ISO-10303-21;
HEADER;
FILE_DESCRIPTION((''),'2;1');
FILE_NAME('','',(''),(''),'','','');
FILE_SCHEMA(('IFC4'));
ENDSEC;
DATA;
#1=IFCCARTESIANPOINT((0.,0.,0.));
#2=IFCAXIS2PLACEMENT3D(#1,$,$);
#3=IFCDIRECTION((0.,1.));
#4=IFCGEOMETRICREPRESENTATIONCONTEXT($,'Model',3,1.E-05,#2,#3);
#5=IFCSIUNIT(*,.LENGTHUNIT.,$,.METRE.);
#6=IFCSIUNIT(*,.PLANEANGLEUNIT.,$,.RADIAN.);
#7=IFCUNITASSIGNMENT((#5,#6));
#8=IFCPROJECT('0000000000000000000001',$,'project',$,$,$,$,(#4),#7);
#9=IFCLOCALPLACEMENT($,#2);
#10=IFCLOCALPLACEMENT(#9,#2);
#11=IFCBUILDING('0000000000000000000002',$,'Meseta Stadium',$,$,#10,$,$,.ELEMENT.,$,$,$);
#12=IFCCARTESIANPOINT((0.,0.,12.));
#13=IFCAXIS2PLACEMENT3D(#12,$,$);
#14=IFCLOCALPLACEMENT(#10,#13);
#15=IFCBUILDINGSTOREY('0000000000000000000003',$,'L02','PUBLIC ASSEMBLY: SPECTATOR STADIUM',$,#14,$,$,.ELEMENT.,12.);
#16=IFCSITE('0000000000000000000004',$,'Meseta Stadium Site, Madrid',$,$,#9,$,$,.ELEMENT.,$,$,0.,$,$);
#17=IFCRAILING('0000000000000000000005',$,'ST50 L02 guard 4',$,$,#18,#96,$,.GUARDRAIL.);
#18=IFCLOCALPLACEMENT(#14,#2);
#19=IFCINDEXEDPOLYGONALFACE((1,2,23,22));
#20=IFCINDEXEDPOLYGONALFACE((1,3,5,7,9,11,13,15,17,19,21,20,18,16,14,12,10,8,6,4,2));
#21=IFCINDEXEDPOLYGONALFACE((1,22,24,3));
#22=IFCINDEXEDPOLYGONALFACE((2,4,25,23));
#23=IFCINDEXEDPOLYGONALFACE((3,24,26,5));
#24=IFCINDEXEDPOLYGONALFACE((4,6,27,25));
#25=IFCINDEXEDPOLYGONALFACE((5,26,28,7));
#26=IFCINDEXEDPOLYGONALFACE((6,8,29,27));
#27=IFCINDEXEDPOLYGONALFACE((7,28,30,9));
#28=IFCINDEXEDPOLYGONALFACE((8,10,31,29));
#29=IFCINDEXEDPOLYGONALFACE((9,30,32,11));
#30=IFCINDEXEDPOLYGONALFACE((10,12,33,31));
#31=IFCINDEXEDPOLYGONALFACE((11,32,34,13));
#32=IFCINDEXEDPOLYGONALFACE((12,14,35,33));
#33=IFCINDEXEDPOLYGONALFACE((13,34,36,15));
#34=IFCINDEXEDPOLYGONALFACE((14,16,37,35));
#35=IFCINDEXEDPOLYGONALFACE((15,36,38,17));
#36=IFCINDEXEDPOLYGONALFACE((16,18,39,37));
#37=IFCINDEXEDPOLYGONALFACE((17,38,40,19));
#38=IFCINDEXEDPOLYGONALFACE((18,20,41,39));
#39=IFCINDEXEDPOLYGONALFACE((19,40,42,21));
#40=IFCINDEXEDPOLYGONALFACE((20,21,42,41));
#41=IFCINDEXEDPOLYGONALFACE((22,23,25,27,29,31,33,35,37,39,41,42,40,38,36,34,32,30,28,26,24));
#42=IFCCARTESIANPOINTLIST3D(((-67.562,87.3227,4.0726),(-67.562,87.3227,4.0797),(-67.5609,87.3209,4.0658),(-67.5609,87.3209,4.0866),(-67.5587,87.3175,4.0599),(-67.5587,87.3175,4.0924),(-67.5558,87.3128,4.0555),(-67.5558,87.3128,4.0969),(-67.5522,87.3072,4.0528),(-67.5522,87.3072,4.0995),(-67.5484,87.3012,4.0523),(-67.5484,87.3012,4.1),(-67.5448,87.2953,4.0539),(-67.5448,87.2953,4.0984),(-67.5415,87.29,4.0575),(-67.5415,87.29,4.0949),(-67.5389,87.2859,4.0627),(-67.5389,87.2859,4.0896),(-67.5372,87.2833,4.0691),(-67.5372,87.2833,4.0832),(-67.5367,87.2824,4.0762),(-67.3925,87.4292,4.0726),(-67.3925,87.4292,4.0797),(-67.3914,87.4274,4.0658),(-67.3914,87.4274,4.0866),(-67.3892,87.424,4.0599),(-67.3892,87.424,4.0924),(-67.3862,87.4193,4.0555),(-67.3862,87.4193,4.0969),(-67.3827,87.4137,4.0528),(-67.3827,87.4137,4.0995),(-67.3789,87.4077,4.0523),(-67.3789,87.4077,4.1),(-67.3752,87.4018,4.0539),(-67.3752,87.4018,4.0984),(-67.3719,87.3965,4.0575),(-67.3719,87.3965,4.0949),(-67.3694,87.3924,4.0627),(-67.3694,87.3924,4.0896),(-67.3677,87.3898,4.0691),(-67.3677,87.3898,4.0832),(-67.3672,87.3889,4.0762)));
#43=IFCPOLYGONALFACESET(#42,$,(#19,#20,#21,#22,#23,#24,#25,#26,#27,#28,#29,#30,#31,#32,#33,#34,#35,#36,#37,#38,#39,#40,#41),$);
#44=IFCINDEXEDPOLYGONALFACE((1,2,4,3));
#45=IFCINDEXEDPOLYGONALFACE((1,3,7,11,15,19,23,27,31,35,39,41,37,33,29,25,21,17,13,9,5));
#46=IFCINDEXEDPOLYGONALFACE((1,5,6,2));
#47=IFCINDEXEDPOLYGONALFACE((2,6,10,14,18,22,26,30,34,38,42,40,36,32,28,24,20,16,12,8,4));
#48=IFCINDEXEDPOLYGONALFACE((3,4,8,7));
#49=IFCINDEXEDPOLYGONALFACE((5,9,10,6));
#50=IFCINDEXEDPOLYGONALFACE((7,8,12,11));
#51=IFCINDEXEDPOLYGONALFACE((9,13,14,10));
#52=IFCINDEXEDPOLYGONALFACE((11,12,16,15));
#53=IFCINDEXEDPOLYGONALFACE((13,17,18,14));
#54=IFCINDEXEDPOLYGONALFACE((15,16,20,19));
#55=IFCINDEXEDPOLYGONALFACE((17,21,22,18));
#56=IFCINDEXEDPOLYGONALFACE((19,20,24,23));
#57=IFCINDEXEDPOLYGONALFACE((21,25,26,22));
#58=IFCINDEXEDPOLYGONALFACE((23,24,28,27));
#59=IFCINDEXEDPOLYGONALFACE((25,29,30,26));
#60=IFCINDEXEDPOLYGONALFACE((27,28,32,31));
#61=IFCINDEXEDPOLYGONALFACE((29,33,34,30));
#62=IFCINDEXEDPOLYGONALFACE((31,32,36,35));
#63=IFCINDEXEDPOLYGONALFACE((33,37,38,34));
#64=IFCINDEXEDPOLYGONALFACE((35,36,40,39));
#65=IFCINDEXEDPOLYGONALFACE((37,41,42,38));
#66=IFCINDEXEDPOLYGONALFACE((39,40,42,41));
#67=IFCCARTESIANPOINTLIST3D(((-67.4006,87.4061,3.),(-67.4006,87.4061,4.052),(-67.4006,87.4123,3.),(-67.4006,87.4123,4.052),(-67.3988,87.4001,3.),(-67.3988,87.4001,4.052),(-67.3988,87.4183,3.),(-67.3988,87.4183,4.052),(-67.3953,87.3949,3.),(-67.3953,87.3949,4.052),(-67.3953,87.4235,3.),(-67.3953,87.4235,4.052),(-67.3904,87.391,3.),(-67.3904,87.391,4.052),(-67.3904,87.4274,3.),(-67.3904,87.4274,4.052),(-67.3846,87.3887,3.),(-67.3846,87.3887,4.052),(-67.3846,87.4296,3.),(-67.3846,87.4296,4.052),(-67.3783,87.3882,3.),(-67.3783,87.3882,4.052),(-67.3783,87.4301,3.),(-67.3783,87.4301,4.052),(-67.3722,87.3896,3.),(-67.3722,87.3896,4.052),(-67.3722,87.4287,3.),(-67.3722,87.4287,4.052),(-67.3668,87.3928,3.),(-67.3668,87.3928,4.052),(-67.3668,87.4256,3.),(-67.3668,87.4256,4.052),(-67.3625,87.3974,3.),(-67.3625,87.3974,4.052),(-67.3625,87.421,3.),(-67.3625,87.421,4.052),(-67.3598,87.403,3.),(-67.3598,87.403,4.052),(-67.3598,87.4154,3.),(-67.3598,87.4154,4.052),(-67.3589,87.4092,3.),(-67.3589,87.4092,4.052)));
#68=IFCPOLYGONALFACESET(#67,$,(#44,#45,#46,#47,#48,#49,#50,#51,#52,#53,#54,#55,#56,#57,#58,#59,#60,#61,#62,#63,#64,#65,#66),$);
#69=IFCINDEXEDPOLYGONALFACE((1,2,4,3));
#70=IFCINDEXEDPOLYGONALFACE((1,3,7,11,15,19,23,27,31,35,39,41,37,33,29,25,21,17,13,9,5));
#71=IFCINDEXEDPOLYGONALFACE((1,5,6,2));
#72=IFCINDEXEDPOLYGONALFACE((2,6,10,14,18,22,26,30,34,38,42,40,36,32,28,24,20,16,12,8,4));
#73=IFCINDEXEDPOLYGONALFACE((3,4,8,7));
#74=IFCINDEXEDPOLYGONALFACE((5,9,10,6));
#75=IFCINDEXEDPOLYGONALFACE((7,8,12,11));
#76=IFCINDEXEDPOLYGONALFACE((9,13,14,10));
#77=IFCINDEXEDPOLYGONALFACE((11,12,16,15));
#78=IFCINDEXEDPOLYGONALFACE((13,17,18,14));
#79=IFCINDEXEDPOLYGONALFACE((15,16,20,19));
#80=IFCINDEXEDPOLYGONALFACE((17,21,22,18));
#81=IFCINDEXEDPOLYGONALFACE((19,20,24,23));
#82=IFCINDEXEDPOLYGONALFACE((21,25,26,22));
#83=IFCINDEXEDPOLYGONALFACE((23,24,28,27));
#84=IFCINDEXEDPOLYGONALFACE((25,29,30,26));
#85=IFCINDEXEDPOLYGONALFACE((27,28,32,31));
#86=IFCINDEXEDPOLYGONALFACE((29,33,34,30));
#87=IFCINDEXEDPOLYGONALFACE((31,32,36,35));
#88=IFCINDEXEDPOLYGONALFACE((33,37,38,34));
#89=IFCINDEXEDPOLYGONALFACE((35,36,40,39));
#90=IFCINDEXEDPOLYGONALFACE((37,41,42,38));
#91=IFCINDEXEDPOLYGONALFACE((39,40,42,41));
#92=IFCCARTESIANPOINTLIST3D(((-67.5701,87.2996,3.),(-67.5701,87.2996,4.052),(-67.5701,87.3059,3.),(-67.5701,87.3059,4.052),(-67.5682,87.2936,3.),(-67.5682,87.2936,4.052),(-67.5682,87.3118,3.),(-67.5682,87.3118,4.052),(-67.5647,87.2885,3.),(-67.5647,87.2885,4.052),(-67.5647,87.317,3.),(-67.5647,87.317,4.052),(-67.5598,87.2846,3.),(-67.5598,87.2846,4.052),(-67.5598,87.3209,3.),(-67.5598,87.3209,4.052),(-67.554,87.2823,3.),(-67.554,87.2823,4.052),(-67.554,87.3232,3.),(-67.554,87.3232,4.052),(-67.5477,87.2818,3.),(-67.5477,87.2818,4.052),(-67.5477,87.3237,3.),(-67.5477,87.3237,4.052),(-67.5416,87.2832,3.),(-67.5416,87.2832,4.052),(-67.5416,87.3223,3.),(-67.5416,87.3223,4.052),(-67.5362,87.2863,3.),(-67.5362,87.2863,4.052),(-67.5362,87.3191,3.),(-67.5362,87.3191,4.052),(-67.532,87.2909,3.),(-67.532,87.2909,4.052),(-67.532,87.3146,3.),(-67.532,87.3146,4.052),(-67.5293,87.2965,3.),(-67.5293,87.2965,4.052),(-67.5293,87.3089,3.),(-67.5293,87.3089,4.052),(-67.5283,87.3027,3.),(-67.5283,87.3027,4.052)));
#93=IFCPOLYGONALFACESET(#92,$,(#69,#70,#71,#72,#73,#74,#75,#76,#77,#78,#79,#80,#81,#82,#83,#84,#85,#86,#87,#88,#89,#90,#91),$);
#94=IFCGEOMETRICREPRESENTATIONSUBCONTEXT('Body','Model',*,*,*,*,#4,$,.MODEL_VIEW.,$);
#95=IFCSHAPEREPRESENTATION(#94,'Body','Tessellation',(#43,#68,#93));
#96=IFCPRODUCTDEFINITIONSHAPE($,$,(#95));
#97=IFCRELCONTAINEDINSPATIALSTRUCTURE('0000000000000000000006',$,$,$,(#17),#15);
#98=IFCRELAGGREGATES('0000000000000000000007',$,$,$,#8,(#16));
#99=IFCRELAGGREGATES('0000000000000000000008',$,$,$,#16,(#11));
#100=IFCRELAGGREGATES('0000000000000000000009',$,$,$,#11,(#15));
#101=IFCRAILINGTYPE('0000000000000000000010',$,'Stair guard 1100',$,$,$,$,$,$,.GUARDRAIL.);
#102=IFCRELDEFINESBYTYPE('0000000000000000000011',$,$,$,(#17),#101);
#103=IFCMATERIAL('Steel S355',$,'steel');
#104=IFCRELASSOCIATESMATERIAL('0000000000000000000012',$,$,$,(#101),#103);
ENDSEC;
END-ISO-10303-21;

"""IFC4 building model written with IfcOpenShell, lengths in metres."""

from ifc_helpers import new_model, si_unit, direction, frame, origin, origin_2d, place, context, subcontext, project, spatial, circle, extrude, material, type_object, element, save


model = new_model("IFC4")

# Units and contexts
model_context = context("Model", 3, precision=1e-05, world=origin(), true_north=direction((0.0, 1.0)))
body_context = subcontext(model_context, "Body", "Model", "MODEL_VIEW")
ifc_project = project(units=[si_unit("LENGTHUNIT", "METRE"), si_unit("PLANEANGLEUNIT", "RADIAN")], contexts=[model_context])

# Site, building, storey
site_placement = place(None, origin())
site = spatial("IfcSite", under=ifc_project, at=site_placement, Name="Meseta Stadium Site, Madrid", CompositionType="ELEMENT", RefElevation=0.0)
building_placement = place(site_placement, origin())
building = spatial("IfcBuilding", under=site, at=building_placement, Name="Meseta Stadium", CompositionType="ELEMENT")
storey_placement = place(building_placement, frame((0.0, 0.0, 12.0)))
storey = spatial("IfcBuildingStorey", under=building, at=storey_placement, Name="L02", Description="PUBLIC ASSEMBLY: SPECTATOR STADIUM", CompositionType="ELEMENT", Elevation=12.0)

# Railing
ifc_material_1 = material(Name="Steel S355", Category="steel")
railing_type_1 = type_object("IfcRailingType", Name="Stair guard 1100", PredefinedType="GUARDRAIL", material=ifc_material_1)
railing_1_placement = place(storey_placement, frame((-67.3799, 87.4092, 3.0)))
element("IfcRailing", 1, at=railing_1_placement, inside=storey, type_object=railing_type_1, Name="ST50 L02 guard 4", PredefinedType="GUARDRAIL", context=body_context, shape_type="SweptSolid", body=[
    extrude(circle(Radius=0.0239, at=origin_2d()), frame((0.0, 0.0, 1.0762), z_axis=(-0.846762, -0.531972, 0.0), x_axis=(0.531972, -0.846762, 0.0)), (0.0, 0.0, 1.0), 0.2002),
    extrude(circle(Radius=0.021, at=origin_2d()), origin(), (0.0, 0.0, 1.0), 1.052),
    extrude(circle(Radius=0.021, at=origin_2d()), frame((-0.1694, -0.1064, 0.0)), (0.0, 0.0, 1.0), 1.052),
])

save(model, "model.ifc")
